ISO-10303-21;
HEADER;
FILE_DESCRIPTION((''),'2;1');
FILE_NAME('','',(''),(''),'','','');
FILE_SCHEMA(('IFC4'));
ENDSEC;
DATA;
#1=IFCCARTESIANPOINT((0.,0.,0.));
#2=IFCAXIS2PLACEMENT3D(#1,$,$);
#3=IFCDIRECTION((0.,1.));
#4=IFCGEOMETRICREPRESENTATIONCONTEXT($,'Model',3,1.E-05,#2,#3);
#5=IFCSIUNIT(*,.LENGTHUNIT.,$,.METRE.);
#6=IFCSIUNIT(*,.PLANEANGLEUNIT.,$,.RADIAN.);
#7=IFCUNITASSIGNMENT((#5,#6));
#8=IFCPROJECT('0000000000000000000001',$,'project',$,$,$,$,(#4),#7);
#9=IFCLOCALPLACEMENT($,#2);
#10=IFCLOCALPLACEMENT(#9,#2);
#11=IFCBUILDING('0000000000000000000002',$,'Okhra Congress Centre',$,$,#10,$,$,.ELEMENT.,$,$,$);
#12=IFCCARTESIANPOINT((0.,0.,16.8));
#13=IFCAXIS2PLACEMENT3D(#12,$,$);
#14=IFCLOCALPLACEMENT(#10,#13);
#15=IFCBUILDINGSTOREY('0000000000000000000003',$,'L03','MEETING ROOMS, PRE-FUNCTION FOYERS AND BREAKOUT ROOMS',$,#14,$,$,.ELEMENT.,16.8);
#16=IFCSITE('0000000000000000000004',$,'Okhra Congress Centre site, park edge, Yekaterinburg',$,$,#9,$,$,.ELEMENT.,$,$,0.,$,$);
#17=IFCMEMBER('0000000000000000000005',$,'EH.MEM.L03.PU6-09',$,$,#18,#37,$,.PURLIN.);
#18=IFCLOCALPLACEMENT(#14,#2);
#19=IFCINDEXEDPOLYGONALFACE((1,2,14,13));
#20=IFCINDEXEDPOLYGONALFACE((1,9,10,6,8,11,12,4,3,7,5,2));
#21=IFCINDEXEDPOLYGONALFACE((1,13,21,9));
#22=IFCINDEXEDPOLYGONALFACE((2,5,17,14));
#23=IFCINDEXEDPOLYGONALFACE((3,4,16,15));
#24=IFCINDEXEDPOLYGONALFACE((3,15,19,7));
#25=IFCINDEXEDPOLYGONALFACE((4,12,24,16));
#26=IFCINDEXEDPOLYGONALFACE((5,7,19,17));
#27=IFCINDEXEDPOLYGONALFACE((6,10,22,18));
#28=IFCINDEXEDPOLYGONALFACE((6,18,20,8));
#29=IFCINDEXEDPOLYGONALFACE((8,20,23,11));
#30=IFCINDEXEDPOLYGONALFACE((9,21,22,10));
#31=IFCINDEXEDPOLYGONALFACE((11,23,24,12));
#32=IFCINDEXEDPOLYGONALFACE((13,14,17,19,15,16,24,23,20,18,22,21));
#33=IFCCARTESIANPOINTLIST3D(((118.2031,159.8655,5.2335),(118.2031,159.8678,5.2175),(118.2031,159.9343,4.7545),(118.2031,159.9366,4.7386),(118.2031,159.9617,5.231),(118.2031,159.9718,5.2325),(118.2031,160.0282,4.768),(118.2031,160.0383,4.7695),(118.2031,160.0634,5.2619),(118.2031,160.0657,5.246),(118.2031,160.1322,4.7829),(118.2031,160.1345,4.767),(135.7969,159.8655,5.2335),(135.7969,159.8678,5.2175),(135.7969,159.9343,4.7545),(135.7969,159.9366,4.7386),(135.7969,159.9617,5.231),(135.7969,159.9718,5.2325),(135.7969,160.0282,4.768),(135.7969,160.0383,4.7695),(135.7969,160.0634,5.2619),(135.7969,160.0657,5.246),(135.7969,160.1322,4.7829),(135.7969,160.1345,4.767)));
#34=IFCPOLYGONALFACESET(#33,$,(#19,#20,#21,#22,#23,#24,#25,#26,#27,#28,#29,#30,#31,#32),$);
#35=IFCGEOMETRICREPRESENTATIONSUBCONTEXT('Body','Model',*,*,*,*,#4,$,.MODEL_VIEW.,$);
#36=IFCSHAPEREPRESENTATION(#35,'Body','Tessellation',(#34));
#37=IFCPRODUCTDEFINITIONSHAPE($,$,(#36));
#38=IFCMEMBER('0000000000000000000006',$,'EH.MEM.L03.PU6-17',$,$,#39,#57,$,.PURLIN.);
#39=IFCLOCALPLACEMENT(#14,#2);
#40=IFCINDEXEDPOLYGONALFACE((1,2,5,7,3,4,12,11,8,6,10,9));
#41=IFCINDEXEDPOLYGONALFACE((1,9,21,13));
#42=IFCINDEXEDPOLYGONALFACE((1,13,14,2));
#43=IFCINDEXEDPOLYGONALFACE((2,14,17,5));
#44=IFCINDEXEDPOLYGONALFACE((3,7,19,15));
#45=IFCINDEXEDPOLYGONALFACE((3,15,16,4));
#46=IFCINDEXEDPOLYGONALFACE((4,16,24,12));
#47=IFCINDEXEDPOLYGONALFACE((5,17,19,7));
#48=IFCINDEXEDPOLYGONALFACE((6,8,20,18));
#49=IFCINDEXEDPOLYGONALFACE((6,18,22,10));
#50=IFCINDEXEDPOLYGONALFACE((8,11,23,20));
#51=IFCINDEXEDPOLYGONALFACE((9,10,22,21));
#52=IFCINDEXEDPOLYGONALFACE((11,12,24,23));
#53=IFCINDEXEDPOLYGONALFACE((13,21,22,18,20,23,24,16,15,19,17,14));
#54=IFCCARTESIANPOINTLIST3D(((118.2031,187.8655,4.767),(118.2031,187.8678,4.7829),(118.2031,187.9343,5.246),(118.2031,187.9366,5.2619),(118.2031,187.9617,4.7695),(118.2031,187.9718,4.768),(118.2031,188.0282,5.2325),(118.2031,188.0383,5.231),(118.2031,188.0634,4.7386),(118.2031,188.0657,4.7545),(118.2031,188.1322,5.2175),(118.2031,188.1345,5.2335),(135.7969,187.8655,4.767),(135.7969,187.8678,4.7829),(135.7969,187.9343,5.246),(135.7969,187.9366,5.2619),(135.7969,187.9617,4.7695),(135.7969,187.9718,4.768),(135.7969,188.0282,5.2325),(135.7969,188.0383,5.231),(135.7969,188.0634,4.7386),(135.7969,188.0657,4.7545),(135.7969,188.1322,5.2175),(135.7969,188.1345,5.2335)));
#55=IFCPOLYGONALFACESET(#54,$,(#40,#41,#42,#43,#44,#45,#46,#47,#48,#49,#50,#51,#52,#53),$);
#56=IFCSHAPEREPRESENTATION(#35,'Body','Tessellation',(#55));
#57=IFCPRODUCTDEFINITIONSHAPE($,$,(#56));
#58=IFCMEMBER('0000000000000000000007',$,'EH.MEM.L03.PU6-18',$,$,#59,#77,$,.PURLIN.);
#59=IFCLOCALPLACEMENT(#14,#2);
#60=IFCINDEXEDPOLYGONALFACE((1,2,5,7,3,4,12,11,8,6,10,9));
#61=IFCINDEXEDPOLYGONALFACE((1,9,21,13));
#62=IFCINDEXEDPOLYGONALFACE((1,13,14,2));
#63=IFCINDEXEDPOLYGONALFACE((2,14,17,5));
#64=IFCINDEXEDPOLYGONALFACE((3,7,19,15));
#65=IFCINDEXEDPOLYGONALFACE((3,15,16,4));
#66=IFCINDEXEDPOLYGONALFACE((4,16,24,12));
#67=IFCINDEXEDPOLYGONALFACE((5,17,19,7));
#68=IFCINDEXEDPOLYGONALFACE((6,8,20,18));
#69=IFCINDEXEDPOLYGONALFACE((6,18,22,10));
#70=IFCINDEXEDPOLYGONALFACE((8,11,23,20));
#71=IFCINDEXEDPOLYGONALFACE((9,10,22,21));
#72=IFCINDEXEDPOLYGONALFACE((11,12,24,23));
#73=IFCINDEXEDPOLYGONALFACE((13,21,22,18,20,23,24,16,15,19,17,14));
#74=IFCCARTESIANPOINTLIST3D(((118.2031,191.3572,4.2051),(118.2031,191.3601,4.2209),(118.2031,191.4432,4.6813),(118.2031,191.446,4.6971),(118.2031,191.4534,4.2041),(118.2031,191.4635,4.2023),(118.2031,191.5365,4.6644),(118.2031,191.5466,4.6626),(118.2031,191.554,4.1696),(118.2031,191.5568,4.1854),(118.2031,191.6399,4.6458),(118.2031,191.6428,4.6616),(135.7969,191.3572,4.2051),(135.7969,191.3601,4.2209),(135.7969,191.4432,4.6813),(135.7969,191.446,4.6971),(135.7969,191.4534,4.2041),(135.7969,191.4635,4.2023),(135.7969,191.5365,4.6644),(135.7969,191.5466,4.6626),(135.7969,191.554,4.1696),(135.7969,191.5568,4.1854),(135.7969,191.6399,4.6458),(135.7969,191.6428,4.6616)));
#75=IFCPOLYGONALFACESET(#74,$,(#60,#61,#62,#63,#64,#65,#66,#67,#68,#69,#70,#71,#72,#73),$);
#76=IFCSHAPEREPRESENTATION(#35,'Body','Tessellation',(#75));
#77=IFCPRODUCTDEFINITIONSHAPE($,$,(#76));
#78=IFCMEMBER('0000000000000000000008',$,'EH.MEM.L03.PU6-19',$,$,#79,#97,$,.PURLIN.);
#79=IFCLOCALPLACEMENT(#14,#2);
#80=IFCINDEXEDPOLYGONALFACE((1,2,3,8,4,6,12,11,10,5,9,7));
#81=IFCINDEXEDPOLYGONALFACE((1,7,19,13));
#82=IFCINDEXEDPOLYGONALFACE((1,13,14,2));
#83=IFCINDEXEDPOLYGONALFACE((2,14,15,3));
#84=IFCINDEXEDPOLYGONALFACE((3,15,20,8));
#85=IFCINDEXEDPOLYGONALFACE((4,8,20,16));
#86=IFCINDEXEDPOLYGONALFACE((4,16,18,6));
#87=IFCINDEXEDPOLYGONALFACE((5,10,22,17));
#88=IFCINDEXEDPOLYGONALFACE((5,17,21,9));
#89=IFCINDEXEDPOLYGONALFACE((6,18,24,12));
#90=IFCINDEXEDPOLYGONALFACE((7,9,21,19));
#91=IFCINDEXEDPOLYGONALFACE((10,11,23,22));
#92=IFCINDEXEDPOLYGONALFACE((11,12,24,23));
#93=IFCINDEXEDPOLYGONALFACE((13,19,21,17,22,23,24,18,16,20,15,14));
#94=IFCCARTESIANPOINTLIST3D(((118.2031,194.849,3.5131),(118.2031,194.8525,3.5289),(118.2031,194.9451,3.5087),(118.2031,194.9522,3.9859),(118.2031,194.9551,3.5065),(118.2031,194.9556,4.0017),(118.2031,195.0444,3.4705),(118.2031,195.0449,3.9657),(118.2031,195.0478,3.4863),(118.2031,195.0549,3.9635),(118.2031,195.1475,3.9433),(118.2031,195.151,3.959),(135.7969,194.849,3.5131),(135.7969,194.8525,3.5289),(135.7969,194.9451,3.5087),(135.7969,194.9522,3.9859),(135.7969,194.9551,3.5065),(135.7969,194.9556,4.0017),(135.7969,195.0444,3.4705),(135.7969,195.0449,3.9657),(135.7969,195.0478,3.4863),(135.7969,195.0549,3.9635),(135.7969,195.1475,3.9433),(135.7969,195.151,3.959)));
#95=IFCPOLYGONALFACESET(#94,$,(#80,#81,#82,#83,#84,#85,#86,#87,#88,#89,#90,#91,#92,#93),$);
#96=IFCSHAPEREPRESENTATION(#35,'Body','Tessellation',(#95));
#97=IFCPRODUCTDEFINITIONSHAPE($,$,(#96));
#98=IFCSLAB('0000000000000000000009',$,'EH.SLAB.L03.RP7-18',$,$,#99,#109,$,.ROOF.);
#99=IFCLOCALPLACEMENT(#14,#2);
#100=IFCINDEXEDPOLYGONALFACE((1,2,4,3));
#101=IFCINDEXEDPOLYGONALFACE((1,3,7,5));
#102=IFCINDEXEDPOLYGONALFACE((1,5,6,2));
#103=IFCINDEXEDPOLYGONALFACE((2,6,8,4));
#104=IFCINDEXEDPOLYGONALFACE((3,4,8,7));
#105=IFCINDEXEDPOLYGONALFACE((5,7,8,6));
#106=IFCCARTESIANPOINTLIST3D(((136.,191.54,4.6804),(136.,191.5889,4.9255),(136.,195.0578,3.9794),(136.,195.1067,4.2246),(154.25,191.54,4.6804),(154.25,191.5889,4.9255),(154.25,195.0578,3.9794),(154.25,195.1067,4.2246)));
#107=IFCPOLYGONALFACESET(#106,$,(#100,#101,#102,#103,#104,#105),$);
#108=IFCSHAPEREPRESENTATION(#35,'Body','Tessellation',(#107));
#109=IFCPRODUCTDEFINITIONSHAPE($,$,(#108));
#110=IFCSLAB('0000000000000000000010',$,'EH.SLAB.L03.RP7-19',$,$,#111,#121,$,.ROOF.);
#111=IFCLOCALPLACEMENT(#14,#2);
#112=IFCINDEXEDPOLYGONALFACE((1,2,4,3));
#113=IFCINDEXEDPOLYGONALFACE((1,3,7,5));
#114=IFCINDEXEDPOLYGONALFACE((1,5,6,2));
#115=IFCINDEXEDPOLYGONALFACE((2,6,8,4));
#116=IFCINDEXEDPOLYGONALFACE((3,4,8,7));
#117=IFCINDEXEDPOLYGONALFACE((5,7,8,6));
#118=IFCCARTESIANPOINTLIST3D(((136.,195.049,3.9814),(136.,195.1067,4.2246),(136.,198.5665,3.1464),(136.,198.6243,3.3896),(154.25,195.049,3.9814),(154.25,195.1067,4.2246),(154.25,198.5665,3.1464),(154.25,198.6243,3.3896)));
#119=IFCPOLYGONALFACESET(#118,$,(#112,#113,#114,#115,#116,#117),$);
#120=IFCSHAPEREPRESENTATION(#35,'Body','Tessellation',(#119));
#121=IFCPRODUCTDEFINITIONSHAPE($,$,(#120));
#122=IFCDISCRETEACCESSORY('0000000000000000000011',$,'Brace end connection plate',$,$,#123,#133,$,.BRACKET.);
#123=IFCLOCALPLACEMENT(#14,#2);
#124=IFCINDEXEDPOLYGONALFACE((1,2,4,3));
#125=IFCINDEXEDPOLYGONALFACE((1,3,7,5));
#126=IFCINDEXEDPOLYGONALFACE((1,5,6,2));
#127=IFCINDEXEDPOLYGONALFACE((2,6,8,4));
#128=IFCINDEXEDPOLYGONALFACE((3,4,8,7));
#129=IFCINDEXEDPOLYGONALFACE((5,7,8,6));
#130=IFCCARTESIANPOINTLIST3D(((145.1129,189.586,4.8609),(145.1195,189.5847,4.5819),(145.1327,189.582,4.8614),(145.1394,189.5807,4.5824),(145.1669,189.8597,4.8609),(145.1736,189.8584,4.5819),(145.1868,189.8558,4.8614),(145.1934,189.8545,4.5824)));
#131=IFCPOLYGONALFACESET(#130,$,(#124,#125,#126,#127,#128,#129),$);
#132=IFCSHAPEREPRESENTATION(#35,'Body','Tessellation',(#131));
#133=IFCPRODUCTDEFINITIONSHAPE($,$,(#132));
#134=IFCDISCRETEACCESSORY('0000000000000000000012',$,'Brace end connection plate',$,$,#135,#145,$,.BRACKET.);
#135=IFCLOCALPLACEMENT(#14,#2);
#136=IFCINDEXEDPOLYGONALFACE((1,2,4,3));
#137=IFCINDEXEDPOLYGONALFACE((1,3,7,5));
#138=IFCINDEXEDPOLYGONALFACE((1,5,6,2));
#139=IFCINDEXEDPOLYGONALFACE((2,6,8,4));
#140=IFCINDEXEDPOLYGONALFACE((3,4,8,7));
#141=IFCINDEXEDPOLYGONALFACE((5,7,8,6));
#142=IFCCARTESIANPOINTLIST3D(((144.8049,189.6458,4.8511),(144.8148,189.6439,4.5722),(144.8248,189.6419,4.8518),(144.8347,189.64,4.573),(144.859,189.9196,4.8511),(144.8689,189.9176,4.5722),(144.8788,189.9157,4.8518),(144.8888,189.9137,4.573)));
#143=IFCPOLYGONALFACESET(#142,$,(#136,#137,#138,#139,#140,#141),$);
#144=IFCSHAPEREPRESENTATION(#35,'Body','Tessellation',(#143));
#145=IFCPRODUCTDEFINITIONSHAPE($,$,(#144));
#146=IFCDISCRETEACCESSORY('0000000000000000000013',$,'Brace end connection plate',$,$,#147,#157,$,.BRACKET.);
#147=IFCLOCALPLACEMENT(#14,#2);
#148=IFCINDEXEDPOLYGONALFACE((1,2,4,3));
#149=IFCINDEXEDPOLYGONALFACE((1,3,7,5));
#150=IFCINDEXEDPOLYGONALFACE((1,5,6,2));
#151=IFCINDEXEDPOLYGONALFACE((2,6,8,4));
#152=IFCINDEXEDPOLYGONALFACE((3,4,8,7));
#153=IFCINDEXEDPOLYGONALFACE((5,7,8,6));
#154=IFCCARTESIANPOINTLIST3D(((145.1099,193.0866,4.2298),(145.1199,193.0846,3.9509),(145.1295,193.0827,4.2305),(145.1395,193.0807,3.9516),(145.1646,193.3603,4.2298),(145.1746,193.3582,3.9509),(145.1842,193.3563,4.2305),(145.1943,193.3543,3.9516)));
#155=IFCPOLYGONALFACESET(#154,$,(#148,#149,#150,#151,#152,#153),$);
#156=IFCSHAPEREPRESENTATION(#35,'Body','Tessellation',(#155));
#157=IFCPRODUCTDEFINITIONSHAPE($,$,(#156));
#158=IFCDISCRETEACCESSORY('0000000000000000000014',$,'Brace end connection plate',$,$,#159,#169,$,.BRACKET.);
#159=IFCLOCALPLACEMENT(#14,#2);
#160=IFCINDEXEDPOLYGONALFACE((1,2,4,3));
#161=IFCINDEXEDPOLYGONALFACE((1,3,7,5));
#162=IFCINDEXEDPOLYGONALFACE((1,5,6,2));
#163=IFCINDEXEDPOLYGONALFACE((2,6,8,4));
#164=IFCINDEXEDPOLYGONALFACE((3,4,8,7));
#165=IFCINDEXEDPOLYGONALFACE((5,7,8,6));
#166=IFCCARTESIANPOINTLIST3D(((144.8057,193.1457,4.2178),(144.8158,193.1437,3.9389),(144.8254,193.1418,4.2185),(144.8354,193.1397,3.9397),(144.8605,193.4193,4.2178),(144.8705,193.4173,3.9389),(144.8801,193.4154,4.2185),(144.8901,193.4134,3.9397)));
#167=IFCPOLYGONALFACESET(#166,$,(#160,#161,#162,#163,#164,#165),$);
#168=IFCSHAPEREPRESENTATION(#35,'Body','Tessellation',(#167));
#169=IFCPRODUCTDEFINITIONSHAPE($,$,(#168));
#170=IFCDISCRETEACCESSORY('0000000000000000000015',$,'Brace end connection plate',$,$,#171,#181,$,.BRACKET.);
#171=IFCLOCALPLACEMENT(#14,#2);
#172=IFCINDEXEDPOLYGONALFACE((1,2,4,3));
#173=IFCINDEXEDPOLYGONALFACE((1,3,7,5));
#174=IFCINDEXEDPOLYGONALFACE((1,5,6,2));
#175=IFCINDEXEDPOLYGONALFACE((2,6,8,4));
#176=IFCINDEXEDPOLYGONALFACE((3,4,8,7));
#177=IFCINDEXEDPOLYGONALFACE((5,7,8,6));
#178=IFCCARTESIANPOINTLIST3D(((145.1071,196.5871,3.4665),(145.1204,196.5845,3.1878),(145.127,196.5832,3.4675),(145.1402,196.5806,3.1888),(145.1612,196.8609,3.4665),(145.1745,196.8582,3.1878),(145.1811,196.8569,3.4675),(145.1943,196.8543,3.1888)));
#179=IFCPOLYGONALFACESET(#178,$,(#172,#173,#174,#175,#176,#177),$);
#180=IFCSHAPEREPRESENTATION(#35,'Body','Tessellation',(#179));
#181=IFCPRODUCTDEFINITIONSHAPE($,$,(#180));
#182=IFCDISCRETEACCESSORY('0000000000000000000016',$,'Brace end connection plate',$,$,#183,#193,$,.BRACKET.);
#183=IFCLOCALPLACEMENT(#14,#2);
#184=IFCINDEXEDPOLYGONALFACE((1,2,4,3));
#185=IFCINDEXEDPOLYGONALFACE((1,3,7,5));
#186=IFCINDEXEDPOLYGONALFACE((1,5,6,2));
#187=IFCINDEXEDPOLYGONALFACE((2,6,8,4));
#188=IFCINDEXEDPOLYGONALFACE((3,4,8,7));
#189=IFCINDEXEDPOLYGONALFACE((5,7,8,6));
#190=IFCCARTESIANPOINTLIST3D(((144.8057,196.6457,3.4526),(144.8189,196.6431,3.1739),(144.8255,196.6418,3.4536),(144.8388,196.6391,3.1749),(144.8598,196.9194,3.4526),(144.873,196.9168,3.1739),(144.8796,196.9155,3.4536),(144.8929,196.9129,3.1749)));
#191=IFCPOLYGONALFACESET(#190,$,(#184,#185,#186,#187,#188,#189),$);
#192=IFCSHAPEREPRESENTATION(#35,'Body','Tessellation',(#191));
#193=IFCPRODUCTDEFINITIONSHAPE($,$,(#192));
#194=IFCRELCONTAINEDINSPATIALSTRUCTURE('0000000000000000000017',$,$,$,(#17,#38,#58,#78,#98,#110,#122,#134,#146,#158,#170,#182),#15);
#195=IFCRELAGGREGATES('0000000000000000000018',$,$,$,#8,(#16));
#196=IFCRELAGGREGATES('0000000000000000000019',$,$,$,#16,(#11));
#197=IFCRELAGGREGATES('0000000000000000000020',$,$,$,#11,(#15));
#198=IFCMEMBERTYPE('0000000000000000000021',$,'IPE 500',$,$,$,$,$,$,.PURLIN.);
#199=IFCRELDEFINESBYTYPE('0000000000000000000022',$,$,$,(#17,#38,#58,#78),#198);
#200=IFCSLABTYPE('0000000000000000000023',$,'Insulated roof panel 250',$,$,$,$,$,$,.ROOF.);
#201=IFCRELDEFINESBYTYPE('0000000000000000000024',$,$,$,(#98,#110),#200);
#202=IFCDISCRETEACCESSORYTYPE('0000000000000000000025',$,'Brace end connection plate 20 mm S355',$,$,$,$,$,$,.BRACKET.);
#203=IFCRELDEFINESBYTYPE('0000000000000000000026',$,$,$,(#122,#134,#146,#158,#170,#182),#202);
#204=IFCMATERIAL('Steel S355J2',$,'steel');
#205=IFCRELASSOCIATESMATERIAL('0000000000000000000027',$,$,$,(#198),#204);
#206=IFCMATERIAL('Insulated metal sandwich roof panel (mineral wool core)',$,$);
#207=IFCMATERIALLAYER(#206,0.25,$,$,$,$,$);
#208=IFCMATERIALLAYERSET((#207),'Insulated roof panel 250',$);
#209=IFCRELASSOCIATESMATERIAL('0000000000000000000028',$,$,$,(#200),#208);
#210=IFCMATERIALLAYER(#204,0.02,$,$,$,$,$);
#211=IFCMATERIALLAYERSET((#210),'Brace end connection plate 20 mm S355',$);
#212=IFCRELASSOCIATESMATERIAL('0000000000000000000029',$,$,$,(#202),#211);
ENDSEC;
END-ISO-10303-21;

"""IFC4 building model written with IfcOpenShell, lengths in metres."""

from ifc_helpers import new_model, si_unit, direction, frame, origin, origin_2d, place, context, subcontext, project, spatial, polyline, rectangle, i_section, outline, extrude, material, layer, layer_set, material_profile, profile_set, type_object, element, save


model = new_model("IFC4")

# Units and contexts
model_context = context("Model", 3, precision=1e-05, world=origin(), true_north=direction((0.0, 1.0)))
body_context = subcontext(model_context, "Body", "Model", "MODEL_VIEW")
ifc_project = project(units=[si_unit("LENGTHUNIT", "METRE"), si_unit("PLANEANGLEUNIT", "RADIAN")], contexts=[model_context])

# Site, building, storey
site_placement = place(None, origin())
site = spatial("IfcSite", under=ifc_project, at=site_placement, Name="Okhra Congress Centre site, park edge, Yekaterinburg", CompositionType="ELEMENT", RefElevation=0.0)
building_placement = place(site_placement, origin())
building = spatial("IfcBuilding", under=site, at=building_placement, Name="Okhra Congress Centre", CompositionType="ELEMENT")
storey_placement = place(building_placement, frame((0.0, 0.0, 16.8)))
storey = spatial("IfcBuildingStorey", under=building, at=storey_placement, Name="L03", Description="MEETING ROOMS, PRE-FUNCTION FOYERS AND BREAKOUT ROOMS", CompositionType="ELEMENT", Elevation=16.8)

# Members
ifc_material_1 = material(Name="Steel S355J2", Category="steel")
ifc_material_profile_1 = material_profile(ifc_material_1, i_section(OverallWidth=0.2, OverallDepth=0.5, WebThickness=0.0103, FlangeThickness=0.0161, at=origin_2d()), Name="IPE 500")
ifc_profile_set_1 = profile_set([ifc_material_profile_1], Name="Steel S355J2")
member_type_1 = type_object("IfcMemberType", Name="IPE 500", PredefinedType="PURLIN", material=ifc_profile_set_1)
for number, where, z_axis, x_axis, name in (
    (1, (118.2031, 160.0, 5.0002), (1.0, 0.0, 0.0), (0.0, 0.989847, 0.142135), "EH.MEM.L03.PU6-09"),
    (2, (118.2031, 188.0, 5.0002), (1.0, 0.0, 0.0), (0.0, 0.989847, -0.142135), "EH.MEM.L03.PU6-17"),
    (3, (118.2031, 191.5, 4.4333), (1.0, 0.0, 0.0), (0.0, 0.98409, -0.177669), "EH.MEM.L03.PU6-18"),
    (4, (118.2031, 195.0, 3.7361), (1.0, 0.0, 0.0), (0.0, 0.977008, -0.213204), "EH.MEM.L03.PU6-19"),
):
    element("IfcMember", number, at=place(storey_placement, frame(where, z_axis=z_axis, x_axis=x_axis)), inside=storey, type_object=member_type_1, Name=name, PredefinedType="PURLIN", context=body_context, shape_type="SweptSolid", body=[
        extrude(i_section(OverallWidth=0.2, OverallDepth=0.5, WebThickness=0.0103, FlangeThickness=0.0161, at=origin_2d()), origin(), (0.0, 0.0, 1.0), 17.5938),
    ])

# Slabs
ifc_material_2 = material(Name="Insulated metal sandwich roof panel (mineral wool core)")
ifc_layer_1 = layer(ifc_material_2, 0.25)
ifc_layer_set_1 = layer_set([ifc_layer_1], Name="Insulated roof panel 250")
slab_type = type_object("IfcSlabType", Name="Insulated roof panel 250", PredefinedType="ROOF", material=ifc_layer_set_1)
slab_1_placement = place(storey_placement, frame((136.0, 191.5889, 4.9255), z_axis=(0.0, 0.195409, 0.980722), x_axis=(1.0, 0.0, 0.0)))
element("IfcSlab", 5, at=slab_1_placement, inside=storey, type_object=slab_type, Name="EH.SLAB.L03.RP7-18", PredefinedType="ROOF", context=body_context, shape_type="SweptSolid", body=[
    extrude(outline(polyline([(0.0, 0.0), (18.25, 0.0), (18.25, 3.587), (0.0, 3.587), (0.0, 0.0)])), origin(), (0.0, 0.0, -1.0), 0.25),
])
slab_2_placement = place(storey_placement, frame((136.0, 195.1067, 4.2246), z_axis=(0.0, 0.230951, 0.972965), x_axis=(1.0, 0.0, 0.0)))
element("IfcSlab", 6, at=slab_2_placement, inside=storey, type_object=slab_type, Name="EH.SLAB.L03.RP7-19", PredefinedType="ROOF", context=body_context, shape_type="SweptSolid", body=[
    extrude(outline(polyline([(0.0, 0.0), (18.25, 0.0), (18.25, 3.6153), (0.0, 3.6153), (0.0, 0.0)])), origin(), (0.0, 0.0, -1.0), 0.25),
])

# Discrete accessories
ifc_layer_2 = layer(ifc_material_1, 0.02)
ifc_layer_set_2 = layer_set([ifc_layer_2], Name="Brace end connection plate 20 mm S355")
discrete_accessory_type = type_object("IfcDiscreteAccessoryType", Name="Brace end connection plate 20 mm S355", PredefinedType="BRACKET", material=ifc_layer_set_2)
for number, where, z_axis, x_axis, name in (
    (7, (145.1631, 189.7183, 4.7219), (-0.980756, 0.19373, -0.024216), (-0.193786, -0.981044, 0.0), "Brace end connection plate"),
    (8, (144.8369, 189.7817, 4.7117), (0.980397, -0.193659, 0.036311), (0.193786, 0.981044, 0.0), "Brace end connection plate"),
):
    element("IfcDiscreteAccessory", number, at=place(storey_placement, frame(where, z_axis=z_axis, x_axis=x_axis)), inside=storey, type_object=discrete_accessory_type, Name=name, PredefinedType="BRACKET", context=body_context, shape_type="SweptSolid", body=[
        extrude(rectangle(XDim=0.2791, YDim=0.2791, at=origin_2d()), origin(), (0.0, 0.0, 1.0), 0.0203),
    ])
for number, where, z_axis, x_axis, name in (
    (9, (145.1619, 193.2185, 4.0911), (-0.979918, 0.195984, -0.036747), (-0.196116, -0.980581, 0.0), "Brace end connection plate"),
    (10, (144.8381, 193.2815, 4.0784), (0.979918, -0.195984, 0.036747), (0.196116, 0.980581, 0.0), "Brace end connection plate"),
):
    element("IfcDiscreteAccessory", number, at=place(storey_placement, frame(where, z_axis=z_axis, x_axis=x_axis)), inside=storey, type_object=discrete_accessory_type, Name=name, PredefinedType="BRACKET", context=body_context, shape_type="SweptSolid", body=[
        extrude(rectangle(XDim=0.2791, YDim=0.2791, at=origin_2d()), origin(), (0.0, 0.0, 1.0), 0.02),
    ])
for number, where, z_axis, x_axis, name in (
    (11, (145.1606, 196.7188, 3.3281), (-0.979894, 0.193559, -0.04839), (-0.193786, -0.981044, 0.0), "Brace end connection plate"),
    (12, (144.8394, 196.7812, 3.3132), (0.979894, -0.193559, 0.04839), (0.193786, 0.981044, 0.0), "Brace end connection plate"),
):
    element("IfcDiscreteAccessory", number, at=place(storey_placement, frame(where, z_axis=z_axis, x_axis=x_axis)), inside=storey, type_object=discrete_accessory_type, Name=name, PredefinedType="BRACKET", context=body_context, shape_type="SweptSolid", body=[
        extrude(rectangle(XDim=0.2791, YDim=0.2791, at=origin_2d()), origin(), (0.0, 0.0, 1.0), 0.0203),
    ])

save(model, "model.ifc")
